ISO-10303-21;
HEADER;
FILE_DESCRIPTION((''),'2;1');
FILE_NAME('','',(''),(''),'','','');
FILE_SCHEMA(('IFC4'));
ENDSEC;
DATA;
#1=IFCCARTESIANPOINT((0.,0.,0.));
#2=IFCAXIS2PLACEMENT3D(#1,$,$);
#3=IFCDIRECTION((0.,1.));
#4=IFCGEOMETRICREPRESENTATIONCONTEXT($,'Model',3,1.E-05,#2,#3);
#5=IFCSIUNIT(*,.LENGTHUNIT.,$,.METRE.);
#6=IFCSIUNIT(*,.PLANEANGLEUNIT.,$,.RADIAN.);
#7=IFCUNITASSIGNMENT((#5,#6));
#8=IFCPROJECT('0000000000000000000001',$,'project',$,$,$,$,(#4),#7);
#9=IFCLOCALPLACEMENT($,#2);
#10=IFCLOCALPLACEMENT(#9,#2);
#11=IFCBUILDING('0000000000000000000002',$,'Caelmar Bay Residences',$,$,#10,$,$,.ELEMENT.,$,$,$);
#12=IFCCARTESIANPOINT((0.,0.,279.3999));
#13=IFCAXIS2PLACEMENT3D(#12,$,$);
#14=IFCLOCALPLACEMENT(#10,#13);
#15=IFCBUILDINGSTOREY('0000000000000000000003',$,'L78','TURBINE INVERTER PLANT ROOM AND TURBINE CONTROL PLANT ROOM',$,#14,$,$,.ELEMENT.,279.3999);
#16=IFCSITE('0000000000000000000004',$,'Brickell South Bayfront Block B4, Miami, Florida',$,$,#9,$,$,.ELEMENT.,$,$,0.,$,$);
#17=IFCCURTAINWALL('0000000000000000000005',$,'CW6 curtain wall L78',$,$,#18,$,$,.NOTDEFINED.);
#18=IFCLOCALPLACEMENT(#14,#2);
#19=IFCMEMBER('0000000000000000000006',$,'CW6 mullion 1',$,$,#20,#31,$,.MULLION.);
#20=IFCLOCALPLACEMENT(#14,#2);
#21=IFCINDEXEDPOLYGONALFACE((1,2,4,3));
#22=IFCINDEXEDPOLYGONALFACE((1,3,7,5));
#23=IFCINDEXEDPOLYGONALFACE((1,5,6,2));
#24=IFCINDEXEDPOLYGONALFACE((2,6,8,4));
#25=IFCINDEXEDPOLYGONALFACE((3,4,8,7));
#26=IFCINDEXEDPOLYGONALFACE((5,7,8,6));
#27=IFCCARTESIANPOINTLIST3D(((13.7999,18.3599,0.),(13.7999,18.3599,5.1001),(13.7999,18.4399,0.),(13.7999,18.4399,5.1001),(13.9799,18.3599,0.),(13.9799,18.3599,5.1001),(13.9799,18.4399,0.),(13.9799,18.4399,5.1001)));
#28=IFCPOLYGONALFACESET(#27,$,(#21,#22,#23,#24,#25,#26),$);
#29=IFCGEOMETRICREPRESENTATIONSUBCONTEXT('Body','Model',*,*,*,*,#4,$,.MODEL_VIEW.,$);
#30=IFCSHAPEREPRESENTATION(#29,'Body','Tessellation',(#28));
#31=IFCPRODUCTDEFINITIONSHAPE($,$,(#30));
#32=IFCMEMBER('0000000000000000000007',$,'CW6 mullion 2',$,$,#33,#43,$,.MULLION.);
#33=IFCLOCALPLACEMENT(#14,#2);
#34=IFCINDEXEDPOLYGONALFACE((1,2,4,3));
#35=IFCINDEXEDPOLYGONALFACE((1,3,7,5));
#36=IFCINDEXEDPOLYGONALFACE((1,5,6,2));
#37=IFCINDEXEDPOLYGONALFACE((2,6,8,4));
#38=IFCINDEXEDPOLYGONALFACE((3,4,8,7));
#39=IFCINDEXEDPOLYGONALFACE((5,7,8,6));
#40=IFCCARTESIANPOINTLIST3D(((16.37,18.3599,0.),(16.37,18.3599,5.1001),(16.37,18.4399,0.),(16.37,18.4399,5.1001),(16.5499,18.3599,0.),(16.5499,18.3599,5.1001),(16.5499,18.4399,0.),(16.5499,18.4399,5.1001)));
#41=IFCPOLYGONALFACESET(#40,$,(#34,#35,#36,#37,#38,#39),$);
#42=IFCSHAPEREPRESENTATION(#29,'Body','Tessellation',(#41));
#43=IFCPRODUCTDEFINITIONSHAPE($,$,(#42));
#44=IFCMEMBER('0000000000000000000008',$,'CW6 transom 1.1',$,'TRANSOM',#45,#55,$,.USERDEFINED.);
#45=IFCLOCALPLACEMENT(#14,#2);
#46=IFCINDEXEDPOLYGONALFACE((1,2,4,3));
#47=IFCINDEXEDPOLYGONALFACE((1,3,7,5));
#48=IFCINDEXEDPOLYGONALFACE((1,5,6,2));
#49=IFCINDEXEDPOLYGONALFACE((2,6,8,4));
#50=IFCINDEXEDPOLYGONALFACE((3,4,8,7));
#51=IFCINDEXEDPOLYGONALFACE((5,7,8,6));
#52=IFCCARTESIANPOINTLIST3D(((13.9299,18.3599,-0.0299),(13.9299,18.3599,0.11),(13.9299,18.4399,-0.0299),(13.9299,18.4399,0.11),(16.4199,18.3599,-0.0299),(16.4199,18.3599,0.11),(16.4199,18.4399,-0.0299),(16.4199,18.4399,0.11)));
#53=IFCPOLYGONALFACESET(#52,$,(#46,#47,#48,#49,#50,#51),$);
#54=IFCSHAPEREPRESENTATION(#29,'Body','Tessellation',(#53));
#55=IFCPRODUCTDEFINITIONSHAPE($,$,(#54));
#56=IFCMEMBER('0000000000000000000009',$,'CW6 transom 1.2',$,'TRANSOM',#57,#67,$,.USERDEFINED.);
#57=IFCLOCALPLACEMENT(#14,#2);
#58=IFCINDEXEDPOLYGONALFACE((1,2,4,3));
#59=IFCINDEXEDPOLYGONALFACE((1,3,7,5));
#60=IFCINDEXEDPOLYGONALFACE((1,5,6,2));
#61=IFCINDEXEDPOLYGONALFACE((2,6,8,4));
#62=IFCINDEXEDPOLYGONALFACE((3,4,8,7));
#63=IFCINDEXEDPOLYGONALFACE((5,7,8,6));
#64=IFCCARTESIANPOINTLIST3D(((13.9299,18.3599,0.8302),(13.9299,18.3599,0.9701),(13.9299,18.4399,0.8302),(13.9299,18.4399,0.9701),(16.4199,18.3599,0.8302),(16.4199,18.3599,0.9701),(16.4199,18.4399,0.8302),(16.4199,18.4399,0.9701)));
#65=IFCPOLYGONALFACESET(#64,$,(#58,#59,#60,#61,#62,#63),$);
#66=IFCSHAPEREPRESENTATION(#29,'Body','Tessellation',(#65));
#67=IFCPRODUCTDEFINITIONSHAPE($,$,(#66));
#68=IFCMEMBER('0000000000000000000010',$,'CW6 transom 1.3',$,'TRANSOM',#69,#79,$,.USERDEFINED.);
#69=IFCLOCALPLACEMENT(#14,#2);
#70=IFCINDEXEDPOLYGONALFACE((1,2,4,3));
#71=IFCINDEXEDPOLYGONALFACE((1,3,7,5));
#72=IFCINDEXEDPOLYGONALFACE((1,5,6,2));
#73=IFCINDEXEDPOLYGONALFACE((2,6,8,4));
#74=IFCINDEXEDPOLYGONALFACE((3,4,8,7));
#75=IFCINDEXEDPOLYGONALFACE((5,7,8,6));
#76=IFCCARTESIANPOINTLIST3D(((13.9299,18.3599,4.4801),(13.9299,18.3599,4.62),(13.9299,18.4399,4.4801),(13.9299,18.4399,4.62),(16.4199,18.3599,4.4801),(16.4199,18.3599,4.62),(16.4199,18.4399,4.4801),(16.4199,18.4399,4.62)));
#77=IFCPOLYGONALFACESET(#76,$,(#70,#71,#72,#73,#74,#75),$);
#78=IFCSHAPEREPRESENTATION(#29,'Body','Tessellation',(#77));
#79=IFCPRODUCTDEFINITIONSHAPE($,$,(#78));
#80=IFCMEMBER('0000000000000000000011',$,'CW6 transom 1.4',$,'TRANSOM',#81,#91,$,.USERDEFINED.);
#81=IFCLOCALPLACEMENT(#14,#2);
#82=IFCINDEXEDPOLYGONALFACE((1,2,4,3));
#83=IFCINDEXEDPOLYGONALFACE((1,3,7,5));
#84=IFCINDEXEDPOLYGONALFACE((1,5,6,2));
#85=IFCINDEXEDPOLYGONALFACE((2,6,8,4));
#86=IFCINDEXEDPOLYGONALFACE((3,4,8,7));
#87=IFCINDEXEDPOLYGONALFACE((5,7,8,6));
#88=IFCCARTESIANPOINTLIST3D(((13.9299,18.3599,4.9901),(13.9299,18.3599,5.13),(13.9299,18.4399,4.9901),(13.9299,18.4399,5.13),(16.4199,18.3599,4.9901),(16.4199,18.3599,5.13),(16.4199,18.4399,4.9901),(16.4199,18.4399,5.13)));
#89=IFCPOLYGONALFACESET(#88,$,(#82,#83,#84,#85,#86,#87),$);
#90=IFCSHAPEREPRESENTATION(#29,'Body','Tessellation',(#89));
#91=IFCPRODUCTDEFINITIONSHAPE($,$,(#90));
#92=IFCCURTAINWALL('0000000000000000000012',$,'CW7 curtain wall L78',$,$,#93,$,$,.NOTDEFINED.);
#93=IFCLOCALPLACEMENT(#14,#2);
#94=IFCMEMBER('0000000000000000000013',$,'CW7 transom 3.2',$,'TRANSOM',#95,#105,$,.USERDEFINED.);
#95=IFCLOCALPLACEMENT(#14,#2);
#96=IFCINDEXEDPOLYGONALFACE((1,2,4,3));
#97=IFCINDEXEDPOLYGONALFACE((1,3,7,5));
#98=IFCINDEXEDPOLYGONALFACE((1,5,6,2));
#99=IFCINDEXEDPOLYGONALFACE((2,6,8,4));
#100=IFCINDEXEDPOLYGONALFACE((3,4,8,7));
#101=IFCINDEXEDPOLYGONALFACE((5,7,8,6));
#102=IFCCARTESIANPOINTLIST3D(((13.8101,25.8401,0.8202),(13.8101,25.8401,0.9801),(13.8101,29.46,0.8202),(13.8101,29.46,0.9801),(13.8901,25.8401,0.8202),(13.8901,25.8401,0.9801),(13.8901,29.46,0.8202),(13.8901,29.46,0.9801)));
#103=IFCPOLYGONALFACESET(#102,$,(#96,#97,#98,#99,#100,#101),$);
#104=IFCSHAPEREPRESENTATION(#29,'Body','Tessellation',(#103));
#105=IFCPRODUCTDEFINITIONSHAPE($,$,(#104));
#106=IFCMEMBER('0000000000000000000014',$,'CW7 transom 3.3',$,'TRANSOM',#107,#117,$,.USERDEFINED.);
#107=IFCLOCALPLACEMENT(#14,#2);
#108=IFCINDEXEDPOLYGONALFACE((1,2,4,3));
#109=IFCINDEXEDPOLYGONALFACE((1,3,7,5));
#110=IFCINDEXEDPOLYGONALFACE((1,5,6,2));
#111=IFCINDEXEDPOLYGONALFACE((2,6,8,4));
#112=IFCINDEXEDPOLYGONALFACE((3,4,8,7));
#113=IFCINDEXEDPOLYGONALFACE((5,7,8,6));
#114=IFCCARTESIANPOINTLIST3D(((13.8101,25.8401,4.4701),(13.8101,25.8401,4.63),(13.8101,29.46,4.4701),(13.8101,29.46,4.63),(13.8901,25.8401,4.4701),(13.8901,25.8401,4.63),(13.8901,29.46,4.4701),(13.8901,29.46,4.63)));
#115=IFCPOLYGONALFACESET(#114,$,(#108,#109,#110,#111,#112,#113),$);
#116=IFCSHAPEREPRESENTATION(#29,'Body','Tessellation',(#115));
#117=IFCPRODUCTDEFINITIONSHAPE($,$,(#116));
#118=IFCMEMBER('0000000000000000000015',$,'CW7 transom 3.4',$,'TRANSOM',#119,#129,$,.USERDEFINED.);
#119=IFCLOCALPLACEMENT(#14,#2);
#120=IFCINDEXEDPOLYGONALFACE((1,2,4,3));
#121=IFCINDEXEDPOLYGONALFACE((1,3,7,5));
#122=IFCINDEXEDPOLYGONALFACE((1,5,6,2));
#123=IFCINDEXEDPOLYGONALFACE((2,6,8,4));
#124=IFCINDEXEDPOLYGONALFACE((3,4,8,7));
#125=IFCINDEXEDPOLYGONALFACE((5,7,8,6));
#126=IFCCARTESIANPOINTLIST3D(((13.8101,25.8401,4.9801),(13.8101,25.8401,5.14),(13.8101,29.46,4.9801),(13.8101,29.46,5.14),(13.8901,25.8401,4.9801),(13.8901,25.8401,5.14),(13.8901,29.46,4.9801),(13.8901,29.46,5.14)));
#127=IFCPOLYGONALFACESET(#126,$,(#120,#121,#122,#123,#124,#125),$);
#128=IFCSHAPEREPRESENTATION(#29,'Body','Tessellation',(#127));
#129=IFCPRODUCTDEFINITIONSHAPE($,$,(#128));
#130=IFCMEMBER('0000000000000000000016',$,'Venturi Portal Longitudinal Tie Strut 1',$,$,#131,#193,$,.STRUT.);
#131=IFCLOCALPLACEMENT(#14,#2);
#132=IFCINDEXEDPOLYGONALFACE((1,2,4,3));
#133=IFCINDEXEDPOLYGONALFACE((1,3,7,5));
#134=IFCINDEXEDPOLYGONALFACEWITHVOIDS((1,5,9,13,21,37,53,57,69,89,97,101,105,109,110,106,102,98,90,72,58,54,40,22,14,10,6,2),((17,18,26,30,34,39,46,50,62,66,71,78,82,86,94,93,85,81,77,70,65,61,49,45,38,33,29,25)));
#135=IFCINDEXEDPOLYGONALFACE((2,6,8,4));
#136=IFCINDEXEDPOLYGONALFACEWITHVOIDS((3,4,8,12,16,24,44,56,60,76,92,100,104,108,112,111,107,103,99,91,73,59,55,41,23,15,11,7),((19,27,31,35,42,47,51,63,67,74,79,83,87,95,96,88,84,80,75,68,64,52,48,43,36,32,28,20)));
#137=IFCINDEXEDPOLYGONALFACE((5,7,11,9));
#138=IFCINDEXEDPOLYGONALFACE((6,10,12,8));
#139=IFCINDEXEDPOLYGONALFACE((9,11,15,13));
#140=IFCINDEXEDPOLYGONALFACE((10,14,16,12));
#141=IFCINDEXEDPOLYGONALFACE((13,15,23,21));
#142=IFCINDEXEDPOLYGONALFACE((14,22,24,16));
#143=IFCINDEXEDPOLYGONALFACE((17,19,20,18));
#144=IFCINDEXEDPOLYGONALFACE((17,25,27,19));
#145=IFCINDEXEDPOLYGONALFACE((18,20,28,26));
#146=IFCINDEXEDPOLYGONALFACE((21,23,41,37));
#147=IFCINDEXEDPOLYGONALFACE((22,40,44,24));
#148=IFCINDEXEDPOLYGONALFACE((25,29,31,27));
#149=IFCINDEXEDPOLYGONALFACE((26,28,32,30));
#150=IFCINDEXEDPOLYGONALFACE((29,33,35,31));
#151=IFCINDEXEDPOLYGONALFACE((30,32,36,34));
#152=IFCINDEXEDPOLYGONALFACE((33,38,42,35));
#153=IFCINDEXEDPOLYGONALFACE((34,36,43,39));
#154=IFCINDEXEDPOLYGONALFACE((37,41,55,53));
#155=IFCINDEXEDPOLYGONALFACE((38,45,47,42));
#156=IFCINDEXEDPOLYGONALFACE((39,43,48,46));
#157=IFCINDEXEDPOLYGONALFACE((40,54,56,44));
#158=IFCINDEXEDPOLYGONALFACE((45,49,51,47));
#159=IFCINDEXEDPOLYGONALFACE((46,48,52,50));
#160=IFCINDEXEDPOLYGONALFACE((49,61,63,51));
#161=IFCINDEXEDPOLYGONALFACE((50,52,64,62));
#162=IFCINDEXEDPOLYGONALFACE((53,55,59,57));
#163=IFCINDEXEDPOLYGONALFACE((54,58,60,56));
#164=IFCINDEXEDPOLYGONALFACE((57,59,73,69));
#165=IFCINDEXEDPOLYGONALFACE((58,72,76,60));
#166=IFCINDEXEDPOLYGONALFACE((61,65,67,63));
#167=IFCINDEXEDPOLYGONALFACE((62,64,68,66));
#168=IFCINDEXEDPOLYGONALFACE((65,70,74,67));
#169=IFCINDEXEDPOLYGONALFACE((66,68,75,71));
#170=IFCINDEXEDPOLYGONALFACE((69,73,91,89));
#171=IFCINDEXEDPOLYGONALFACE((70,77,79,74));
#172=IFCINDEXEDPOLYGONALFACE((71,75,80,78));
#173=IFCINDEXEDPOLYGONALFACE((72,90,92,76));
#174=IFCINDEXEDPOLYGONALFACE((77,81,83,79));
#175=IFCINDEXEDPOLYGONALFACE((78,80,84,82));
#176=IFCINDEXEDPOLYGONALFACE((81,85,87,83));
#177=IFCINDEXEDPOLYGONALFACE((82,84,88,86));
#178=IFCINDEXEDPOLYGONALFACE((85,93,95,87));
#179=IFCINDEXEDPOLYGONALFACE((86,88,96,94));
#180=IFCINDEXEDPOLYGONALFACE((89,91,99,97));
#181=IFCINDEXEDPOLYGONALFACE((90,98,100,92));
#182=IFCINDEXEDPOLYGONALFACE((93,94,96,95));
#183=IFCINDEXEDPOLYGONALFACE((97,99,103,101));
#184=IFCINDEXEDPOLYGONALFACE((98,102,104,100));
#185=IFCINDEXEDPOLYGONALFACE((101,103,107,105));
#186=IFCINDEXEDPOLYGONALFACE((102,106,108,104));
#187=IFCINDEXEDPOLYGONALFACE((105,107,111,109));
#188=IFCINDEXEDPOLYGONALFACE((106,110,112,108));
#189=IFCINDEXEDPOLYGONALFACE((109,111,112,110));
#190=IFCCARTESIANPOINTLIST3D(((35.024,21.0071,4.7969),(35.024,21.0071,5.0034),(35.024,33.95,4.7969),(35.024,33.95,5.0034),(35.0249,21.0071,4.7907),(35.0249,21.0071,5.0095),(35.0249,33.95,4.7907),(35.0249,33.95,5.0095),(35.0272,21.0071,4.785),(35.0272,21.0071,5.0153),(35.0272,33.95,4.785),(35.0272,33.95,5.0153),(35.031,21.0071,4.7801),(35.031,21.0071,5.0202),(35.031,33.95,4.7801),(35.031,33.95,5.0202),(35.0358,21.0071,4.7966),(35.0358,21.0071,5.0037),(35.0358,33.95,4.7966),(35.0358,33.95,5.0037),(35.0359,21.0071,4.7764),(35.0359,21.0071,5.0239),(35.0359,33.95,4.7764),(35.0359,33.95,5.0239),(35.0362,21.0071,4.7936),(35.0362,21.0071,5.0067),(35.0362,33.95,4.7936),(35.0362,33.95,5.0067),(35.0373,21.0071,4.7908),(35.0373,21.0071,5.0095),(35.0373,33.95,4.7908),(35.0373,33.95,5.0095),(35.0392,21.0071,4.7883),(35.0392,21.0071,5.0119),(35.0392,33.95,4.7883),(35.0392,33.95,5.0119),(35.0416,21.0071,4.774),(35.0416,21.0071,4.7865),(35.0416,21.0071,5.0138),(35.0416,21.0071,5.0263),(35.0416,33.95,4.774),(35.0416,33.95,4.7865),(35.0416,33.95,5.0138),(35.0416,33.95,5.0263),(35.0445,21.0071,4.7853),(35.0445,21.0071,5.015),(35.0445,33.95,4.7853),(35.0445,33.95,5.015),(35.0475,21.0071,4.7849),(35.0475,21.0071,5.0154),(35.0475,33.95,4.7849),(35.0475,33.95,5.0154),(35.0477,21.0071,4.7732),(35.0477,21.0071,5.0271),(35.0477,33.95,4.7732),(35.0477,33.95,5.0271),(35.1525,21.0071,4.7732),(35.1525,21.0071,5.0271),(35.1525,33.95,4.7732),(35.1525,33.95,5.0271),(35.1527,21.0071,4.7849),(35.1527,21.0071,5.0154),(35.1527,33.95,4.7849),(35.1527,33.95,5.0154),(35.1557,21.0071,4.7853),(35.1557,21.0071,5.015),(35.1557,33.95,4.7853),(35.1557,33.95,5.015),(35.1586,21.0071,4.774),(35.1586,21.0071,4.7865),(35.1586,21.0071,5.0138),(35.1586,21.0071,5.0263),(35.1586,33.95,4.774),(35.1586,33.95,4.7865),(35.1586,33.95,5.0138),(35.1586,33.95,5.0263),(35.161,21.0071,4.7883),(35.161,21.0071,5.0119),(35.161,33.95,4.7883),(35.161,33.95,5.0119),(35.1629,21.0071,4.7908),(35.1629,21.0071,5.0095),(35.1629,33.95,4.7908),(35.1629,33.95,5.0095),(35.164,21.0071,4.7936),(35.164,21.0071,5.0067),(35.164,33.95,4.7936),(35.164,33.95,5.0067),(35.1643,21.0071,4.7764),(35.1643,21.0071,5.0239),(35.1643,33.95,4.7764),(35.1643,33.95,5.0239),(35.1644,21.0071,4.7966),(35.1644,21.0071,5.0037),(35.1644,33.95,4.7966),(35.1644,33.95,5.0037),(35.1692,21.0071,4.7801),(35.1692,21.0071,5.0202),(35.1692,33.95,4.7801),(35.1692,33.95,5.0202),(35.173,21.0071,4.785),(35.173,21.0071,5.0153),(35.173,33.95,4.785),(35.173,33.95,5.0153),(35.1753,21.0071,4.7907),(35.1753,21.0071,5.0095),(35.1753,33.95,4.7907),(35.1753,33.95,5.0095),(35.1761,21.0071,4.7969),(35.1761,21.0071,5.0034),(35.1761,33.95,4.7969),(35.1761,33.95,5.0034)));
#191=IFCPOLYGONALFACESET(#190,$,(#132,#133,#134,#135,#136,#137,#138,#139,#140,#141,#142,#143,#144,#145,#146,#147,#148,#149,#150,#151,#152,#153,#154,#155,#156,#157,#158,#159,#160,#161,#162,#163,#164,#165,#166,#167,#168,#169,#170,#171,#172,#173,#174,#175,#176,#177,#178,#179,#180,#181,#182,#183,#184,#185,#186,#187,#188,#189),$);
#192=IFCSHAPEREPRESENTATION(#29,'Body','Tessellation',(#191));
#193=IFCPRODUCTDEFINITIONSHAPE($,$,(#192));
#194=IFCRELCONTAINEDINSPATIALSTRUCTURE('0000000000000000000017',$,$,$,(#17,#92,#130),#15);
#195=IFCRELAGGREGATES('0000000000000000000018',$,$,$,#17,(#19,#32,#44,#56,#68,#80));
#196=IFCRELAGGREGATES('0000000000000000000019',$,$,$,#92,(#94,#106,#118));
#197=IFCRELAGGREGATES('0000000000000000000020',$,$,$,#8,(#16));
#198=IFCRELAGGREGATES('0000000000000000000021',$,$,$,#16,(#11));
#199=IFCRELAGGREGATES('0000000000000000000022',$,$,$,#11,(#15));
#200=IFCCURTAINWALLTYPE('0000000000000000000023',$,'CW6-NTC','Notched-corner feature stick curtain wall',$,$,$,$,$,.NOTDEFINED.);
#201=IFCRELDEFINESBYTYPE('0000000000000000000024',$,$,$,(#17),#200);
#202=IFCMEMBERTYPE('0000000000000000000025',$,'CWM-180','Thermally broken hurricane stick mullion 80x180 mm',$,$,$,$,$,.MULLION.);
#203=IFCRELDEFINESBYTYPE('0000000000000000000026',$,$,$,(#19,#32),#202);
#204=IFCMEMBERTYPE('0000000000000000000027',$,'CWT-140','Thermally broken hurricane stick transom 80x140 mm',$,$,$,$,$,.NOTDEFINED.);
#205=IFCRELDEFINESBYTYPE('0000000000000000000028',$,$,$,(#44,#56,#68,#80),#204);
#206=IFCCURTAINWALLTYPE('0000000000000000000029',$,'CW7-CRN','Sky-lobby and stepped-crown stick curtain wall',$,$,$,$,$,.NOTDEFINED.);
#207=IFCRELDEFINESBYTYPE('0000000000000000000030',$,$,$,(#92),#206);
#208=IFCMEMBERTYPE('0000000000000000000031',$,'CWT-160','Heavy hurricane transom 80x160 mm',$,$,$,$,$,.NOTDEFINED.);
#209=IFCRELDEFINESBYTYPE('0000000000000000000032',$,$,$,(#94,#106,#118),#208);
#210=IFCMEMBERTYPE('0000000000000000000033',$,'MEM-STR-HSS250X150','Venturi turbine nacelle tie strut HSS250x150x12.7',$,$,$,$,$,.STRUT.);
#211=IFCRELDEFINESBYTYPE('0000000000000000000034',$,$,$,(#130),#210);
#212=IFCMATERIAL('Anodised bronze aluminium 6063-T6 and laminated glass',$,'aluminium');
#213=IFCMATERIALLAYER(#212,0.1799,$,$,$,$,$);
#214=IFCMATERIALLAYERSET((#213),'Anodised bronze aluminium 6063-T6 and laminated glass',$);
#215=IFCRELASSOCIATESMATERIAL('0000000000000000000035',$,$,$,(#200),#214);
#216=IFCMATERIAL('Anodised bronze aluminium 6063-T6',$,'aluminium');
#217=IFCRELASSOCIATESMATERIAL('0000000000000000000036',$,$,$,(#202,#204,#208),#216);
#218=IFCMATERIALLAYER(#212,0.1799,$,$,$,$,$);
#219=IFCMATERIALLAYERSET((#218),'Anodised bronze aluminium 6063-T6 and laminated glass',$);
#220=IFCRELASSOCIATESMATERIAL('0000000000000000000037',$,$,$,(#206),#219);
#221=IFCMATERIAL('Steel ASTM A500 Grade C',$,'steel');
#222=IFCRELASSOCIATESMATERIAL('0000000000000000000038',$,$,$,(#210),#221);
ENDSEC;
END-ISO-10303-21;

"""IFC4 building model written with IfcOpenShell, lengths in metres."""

from ifc_helpers import new_model, si_unit, direction, frame, origin, origin_2d, place, context, subcontext, project, spatial, rectangle, hollow_rectangle, extrude, material, layer, layer_set, material_profile, profile_set, type_object, element, aggregate, save


model = new_model("IFC4")

# Units and contexts
model_context = context("Model", 3, precision=1e-05, world=origin(), true_north=direction((0.0, 1.0)))
body_context = subcontext(model_context, "Body", "Model", "MODEL_VIEW")
ifc_project = project(units=[si_unit("LENGTHUNIT", "METRE"), si_unit("PLANEANGLEUNIT", "RADIAN")], contexts=[model_context])

# Site, building, storey
site_placement = place(None, origin())
site = spatial("IfcSite", under=ifc_project, at=site_placement, Name="Brickell South Bayfront Block B4, Miami, Florida", CompositionType="ELEMENT", RefElevation=0.0)
building_placement = place(site_placement, origin())
building = spatial("IfcBuilding", under=site, at=building_placement, Name="Caelmar Bay Residences", CompositionType="ELEMENT")
storey_placement = place(building_placement, frame((0.0, 0.0, 279.3999)))
storey = spatial("IfcBuildingStorey", under=building, at=storey_placement, Name="L78", Description="TURBINE INVERTER PLANT ROOM AND TURBINE CONTROL PLANT ROOM", CompositionType="ELEMENT", Elevation=279.3999)

# Curtain walls, members
ifc_material_1 = material(Name="Anodised bronze aluminium 6063-T6 and laminated glass", Category="aluminium")
ifc_layer_1 = layer(ifc_material_1, 0.1799)
ifc_layer_set_1 = layer_set([ifc_layer_1], Name="Anodised bronze aluminium 6063-T6 and laminated glass")
curtain_wall_type_1 = type_object("IfcCurtainWallType", Name="CW6-NTC", Description="Notched-corner feature stick curtain wall", PredefinedType="NOTDEFINED", material=ifc_layer_set_1)
curtain_wall_1_placement = place(storey_placement, origin())
curtain_wall_1 = element("IfcCurtainWall", 1, at=curtain_wall_1_placement, inside=storey, type_object=curtain_wall_type_1, Name="CW6 curtain wall L78", PredefinedType="NOTDEFINED")
ifc_material_2 = material(Name="Anodised bronze aluminium 6063-T6", Category="aluminium")
ifc_material_profile_1 = material_profile(ifc_material_2, rectangle(XDim=0.0801, YDim=0.1799, at=origin_2d()), Name="CWM-80X180")
ifc_profile_set_1 = profile_set([ifc_material_profile_1], Name="Anodised bronze aluminium 6063-T6")
member_type_1 = type_object("IfcMemberType", Name="CWM-180", Description="Thermally broken hurricane stick mullion 80x180 mm", PredefinedType="MULLION", material=ifc_profile_set_1)
member_1_placement = place(storey_placement, frame((13.8899, 18.3999, 0.0), z_axis=(0.0, 0.0, 1.0), x_axis=(0.0, 1.0, 0.0)))
member_1 = element("IfcMember", 2, at=member_1_placement, type_object=member_type_1, Name="CW6 mullion 1", PredefinedType="MULLION", context=body_context, shape_type="SweptSolid", body=[
    extrude(rectangle(XDim=0.0801, YDim=0.1799, at=origin_2d()), origin(), (0.0, 0.0, 1.0), 5.1001),
])
member_2_placement = place(storey_placement, frame((16.46, 18.3999, 0.0), z_axis=(0.0, 0.0, 1.0), x_axis=(0.0, 1.0, 0.0)))
member_2 = element("IfcMember", 3, at=member_2_placement, type_object=member_type_1, Name="CW6 mullion 2", PredefinedType="MULLION", context=body_context, shape_type="SweptSolid", body=[
    extrude(rectangle(XDim=0.0801, YDim=0.1799, at=origin_2d()), origin(), (0.0, 0.0, 1.0), 5.1001),
])
ifc_material_profile_2 = material_profile(ifc_material_2, rectangle(XDim=0.0801, YDim=0.1399, at=origin_2d()), Name="CWT-80X140")
ifc_profile_set_2 = profile_set([ifc_material_profile_2], Name="Anodised bronze aluminium 6063-T6")
member_type_2 = type_object("IfcMemberType", Name="CWT-140", Description="Thermally broken hurricane stick transom 80x140 mm", PredefinedType="NOTDEFINED", material=ifc_profile_set_2)
member_3_placement = place(storey_placement, frame((13.9299, 18.3999, 0.04), z_axis=(1.0, 0.0, 0.0), x_axis=(0.0, 1.0, 0.0)))
member_3 = element("IfcMember", 4, at=member_3_placement, type_object=member_type_2, Name="CW6 transom 1.1", ObjectType="TRANSOM", PredefinedType="USERDEFINED", context=body_context, shape_type="SweptSolid", body=[
    extrude(rectangle(XDim=0.0801, YDim=0.1399, at=origin_2d()), origin(), (0.0, 0.0, 1.0), 2.49),
])
member_4_placement = place(storey_placement, frame((13.9299, 18.3999, 0.9001), z_axis=(1.0, 0.0, 0.0), x_axis=(0.0, 1.0, 0.0)))
member_4 = element("IfcMember", 5, at=member_4_placement, type_object=member_type_2, Name="CW6 transom 1.2", ObjectType="TRANSOM", PredefinedType="USERDEFINED", context=body_context, shape_type="SweptSolid", body=[
    extrude(rectangle(XDim=0.0801, YDim=0.1399, at=origin_2d()), origin(), (0.0, 0.0, 1.0), 2.49),
])
member_5_placement = place(storey_placement, frame((13.9299, 18.3999, 4.55), z_axis=(1.0, 0.0, 0.0), x_axis=(0.0, 1.0, 0.0)))
member_5 = element("IfcMember", 6, at=member_5_placement, type_object=member_type_2, Name="CW6 transom 1.3", ObjectType="TRANSOM", PredefinedType="USERDEFINED", context=body_context, shape_type="SweptSolid", body=[
    extrude(rectangle(XDim=0.0801, YDim=0.1399, at=origin_2d()), origin(), (0.0, 0.0, 1.0), 2.49),
])
member_6_placement = place(storey_placement, frame((13.9299, 18.3999, 5.0601), z_axis=(1.0, 0.0, 0.0), x_axis=(0.0, 1.0, 0.0)))
member_6 = element("IfcMember", 7, at=member_6_placement, type_object=member_type_2, Name="CW6 transom 1.4", ObjectType="TRANSOM", PredefinedType="USERDEFINED", context=body_context, shape_type="SweptSolid", body=[
    extrude(rectangle(XDim=0.0801, YDim=0.1399, at=origin_2d()), origin(), (0.0, 0.0, 1.0), 2.49),
])
ifc_layer_2 = layer(ifc_material_1, 0.1799)
ifc_layer_set_2 = layer_set([ifc_layer_2], Name="Anodised bronze aluminium 6063-T6 and laminated glass")
curtain_wall_type_2 = type_object("IfcCurtainWallType", Name="CW7-CRN", Description="Sky-lobby and stepped-crown stick curtain wall", PredefinedType="NOTDEFINED", material=ifc_layer_set_2)
curtain_wall_2_placement = place(storey_placement, origin())
curtain_wall_2 = element("IfcCurtainWall", 8, at=curtain_wall_2_placement, inside=storey, type_object=curtain_wall_type_2, Name="CW7 curtain wall L78", PredefinedType="NOTDEFINED")
ifc_material_profile_3 = material_profile(ifc_material_2, rectangle(XDim=0.0801, YDim=0.1599, at=origin_2d()), Name="CWT-80X160")
ifc_profile_set_3 = profile_set([ifc_material_profile_3], Name="Anodised bronze aluminium 6063-T6")
member_type_3 = type_object("IfcMemberType", Name="CWT-160", Description="Heavy hurricane transom 80x160 mm", PredefinedType="NOTDEFINED", material=ifc_profile_set_3)
member_7_placement = place(storey_placement, frame((13.8501, 25.8401, 0.9001), z_axis=(0.0, 1.0, 0.0), x_axis=(-1.0, 0.0, 0.0)))
member_7 = element("IfcMember", 9, at=member_7_placement, type_object=member_type_3, Name="CW7 transom 3.2", ObjectType="TRANSOM", PredefinedType="USERDEFINED", context=body_context, shape_type="SweptSolid", body=[
    extrude(rectangle(XDim=0.0801, YDim=0.1599, at=origin_2d()), origin(), (0.0, 0.0, 1.0), 3.6199),
])
member_8_placement = place(storey_placement, frame((13.8501, 25.8401, 4.55), z_axis=(0.0, 1.0, 0.0), x_axis=(-1.0, 0.0, 0.0)))
member_8 = element("IfcMember", 10, at=member_8_placement, type_object=member_type_3, Name="CW7 transom 3.3", ObjectType="TRANSOM", PredefinedType="USERDEFINED", context=body_context, shape_type="SweptSolid", body=[
    extrude(rectangle(XDim=0.0801, YDim=0.1599, at=origin_2d()), origin(), (0.0, 0.0, 1.0), 3.6199),
])
member_9_placement = place(storey_placement, frame((13.8501, 25.8401, 5.0601), z_axis=(0.0, 1.0, 0.0), x_axis=(-1.0, 0.0, 0.0)))
member_9 = element("IfcMember", 11, at=member_9_placement, type_object=member_type_3, Name="CW7 transom 3.4", ObjectType="TRANSOM", PredefinedType="USERDEFINED", context=body_context, shape_type="SweptSolid", body=[
    extrude(rectangle(XDim=0.0801, YDim=0.1599, at=origin_2d()), origin(), (0.0, 0.0, 1.0), 3.6199),
])

# Member
ifc_material_3 = material(Name="Steel ASTM A500 Grade C", Category="steel")
ifc_material_profile_4 = material_profile(ifc_material_3, hollow_rectangle(XDim=0.1521, YDim=0.2539, WallThickness=0.0117, InnerFilletRadius=0.0117, OuterFilletRadius=0.0237, at=origin_2d()), Name="HSS250X150X12.7")
ifc_profile_set_4 = profile_set([ifc_material_profile_4], Name="Steel ASTM A500 Grade C")
member_type_4 = type_object("IfcMemberType", Name="MEM-STR-HSS250X150", Description="Venturi turbine nacelle tie strut HSS250x150x12.7", PredefinedType="STRUT", material=ifc_profile_set_4)
member_10_placement = place(storey_placement, frame((35.1001, 21.0071, 4.9001), z_axis=(0.0, 1.0, 0.0), x_axis=(-1.0, 0.0, 0.0)))
element("IfcMember", 12, at=member_10_placement, inside=storey, type_object=member_type_4, Name="Venturi Portal Longitudinal Tie Strut 1", PredefinedType="STRUT", context=body_context, shape_type="SweptSolid", body=[
    extrude(hollow_rectangle(XDim=0.1521, YDim=0.2539, WallThickness=0.0117, InnerFilletRadius=0.0117, OuterFilletRadius=0.0237, at=origin_2d()), origin(), (0.0, 0.0, 1.0), 12.9429),
])

aggregate(curtain_wall_1, [member_1, member_2, member_3, member_4, member_5, member_6])
aggregate(curtain_wall_2, [member_7, member_8, member_9])

save(model, "model.ifc")
